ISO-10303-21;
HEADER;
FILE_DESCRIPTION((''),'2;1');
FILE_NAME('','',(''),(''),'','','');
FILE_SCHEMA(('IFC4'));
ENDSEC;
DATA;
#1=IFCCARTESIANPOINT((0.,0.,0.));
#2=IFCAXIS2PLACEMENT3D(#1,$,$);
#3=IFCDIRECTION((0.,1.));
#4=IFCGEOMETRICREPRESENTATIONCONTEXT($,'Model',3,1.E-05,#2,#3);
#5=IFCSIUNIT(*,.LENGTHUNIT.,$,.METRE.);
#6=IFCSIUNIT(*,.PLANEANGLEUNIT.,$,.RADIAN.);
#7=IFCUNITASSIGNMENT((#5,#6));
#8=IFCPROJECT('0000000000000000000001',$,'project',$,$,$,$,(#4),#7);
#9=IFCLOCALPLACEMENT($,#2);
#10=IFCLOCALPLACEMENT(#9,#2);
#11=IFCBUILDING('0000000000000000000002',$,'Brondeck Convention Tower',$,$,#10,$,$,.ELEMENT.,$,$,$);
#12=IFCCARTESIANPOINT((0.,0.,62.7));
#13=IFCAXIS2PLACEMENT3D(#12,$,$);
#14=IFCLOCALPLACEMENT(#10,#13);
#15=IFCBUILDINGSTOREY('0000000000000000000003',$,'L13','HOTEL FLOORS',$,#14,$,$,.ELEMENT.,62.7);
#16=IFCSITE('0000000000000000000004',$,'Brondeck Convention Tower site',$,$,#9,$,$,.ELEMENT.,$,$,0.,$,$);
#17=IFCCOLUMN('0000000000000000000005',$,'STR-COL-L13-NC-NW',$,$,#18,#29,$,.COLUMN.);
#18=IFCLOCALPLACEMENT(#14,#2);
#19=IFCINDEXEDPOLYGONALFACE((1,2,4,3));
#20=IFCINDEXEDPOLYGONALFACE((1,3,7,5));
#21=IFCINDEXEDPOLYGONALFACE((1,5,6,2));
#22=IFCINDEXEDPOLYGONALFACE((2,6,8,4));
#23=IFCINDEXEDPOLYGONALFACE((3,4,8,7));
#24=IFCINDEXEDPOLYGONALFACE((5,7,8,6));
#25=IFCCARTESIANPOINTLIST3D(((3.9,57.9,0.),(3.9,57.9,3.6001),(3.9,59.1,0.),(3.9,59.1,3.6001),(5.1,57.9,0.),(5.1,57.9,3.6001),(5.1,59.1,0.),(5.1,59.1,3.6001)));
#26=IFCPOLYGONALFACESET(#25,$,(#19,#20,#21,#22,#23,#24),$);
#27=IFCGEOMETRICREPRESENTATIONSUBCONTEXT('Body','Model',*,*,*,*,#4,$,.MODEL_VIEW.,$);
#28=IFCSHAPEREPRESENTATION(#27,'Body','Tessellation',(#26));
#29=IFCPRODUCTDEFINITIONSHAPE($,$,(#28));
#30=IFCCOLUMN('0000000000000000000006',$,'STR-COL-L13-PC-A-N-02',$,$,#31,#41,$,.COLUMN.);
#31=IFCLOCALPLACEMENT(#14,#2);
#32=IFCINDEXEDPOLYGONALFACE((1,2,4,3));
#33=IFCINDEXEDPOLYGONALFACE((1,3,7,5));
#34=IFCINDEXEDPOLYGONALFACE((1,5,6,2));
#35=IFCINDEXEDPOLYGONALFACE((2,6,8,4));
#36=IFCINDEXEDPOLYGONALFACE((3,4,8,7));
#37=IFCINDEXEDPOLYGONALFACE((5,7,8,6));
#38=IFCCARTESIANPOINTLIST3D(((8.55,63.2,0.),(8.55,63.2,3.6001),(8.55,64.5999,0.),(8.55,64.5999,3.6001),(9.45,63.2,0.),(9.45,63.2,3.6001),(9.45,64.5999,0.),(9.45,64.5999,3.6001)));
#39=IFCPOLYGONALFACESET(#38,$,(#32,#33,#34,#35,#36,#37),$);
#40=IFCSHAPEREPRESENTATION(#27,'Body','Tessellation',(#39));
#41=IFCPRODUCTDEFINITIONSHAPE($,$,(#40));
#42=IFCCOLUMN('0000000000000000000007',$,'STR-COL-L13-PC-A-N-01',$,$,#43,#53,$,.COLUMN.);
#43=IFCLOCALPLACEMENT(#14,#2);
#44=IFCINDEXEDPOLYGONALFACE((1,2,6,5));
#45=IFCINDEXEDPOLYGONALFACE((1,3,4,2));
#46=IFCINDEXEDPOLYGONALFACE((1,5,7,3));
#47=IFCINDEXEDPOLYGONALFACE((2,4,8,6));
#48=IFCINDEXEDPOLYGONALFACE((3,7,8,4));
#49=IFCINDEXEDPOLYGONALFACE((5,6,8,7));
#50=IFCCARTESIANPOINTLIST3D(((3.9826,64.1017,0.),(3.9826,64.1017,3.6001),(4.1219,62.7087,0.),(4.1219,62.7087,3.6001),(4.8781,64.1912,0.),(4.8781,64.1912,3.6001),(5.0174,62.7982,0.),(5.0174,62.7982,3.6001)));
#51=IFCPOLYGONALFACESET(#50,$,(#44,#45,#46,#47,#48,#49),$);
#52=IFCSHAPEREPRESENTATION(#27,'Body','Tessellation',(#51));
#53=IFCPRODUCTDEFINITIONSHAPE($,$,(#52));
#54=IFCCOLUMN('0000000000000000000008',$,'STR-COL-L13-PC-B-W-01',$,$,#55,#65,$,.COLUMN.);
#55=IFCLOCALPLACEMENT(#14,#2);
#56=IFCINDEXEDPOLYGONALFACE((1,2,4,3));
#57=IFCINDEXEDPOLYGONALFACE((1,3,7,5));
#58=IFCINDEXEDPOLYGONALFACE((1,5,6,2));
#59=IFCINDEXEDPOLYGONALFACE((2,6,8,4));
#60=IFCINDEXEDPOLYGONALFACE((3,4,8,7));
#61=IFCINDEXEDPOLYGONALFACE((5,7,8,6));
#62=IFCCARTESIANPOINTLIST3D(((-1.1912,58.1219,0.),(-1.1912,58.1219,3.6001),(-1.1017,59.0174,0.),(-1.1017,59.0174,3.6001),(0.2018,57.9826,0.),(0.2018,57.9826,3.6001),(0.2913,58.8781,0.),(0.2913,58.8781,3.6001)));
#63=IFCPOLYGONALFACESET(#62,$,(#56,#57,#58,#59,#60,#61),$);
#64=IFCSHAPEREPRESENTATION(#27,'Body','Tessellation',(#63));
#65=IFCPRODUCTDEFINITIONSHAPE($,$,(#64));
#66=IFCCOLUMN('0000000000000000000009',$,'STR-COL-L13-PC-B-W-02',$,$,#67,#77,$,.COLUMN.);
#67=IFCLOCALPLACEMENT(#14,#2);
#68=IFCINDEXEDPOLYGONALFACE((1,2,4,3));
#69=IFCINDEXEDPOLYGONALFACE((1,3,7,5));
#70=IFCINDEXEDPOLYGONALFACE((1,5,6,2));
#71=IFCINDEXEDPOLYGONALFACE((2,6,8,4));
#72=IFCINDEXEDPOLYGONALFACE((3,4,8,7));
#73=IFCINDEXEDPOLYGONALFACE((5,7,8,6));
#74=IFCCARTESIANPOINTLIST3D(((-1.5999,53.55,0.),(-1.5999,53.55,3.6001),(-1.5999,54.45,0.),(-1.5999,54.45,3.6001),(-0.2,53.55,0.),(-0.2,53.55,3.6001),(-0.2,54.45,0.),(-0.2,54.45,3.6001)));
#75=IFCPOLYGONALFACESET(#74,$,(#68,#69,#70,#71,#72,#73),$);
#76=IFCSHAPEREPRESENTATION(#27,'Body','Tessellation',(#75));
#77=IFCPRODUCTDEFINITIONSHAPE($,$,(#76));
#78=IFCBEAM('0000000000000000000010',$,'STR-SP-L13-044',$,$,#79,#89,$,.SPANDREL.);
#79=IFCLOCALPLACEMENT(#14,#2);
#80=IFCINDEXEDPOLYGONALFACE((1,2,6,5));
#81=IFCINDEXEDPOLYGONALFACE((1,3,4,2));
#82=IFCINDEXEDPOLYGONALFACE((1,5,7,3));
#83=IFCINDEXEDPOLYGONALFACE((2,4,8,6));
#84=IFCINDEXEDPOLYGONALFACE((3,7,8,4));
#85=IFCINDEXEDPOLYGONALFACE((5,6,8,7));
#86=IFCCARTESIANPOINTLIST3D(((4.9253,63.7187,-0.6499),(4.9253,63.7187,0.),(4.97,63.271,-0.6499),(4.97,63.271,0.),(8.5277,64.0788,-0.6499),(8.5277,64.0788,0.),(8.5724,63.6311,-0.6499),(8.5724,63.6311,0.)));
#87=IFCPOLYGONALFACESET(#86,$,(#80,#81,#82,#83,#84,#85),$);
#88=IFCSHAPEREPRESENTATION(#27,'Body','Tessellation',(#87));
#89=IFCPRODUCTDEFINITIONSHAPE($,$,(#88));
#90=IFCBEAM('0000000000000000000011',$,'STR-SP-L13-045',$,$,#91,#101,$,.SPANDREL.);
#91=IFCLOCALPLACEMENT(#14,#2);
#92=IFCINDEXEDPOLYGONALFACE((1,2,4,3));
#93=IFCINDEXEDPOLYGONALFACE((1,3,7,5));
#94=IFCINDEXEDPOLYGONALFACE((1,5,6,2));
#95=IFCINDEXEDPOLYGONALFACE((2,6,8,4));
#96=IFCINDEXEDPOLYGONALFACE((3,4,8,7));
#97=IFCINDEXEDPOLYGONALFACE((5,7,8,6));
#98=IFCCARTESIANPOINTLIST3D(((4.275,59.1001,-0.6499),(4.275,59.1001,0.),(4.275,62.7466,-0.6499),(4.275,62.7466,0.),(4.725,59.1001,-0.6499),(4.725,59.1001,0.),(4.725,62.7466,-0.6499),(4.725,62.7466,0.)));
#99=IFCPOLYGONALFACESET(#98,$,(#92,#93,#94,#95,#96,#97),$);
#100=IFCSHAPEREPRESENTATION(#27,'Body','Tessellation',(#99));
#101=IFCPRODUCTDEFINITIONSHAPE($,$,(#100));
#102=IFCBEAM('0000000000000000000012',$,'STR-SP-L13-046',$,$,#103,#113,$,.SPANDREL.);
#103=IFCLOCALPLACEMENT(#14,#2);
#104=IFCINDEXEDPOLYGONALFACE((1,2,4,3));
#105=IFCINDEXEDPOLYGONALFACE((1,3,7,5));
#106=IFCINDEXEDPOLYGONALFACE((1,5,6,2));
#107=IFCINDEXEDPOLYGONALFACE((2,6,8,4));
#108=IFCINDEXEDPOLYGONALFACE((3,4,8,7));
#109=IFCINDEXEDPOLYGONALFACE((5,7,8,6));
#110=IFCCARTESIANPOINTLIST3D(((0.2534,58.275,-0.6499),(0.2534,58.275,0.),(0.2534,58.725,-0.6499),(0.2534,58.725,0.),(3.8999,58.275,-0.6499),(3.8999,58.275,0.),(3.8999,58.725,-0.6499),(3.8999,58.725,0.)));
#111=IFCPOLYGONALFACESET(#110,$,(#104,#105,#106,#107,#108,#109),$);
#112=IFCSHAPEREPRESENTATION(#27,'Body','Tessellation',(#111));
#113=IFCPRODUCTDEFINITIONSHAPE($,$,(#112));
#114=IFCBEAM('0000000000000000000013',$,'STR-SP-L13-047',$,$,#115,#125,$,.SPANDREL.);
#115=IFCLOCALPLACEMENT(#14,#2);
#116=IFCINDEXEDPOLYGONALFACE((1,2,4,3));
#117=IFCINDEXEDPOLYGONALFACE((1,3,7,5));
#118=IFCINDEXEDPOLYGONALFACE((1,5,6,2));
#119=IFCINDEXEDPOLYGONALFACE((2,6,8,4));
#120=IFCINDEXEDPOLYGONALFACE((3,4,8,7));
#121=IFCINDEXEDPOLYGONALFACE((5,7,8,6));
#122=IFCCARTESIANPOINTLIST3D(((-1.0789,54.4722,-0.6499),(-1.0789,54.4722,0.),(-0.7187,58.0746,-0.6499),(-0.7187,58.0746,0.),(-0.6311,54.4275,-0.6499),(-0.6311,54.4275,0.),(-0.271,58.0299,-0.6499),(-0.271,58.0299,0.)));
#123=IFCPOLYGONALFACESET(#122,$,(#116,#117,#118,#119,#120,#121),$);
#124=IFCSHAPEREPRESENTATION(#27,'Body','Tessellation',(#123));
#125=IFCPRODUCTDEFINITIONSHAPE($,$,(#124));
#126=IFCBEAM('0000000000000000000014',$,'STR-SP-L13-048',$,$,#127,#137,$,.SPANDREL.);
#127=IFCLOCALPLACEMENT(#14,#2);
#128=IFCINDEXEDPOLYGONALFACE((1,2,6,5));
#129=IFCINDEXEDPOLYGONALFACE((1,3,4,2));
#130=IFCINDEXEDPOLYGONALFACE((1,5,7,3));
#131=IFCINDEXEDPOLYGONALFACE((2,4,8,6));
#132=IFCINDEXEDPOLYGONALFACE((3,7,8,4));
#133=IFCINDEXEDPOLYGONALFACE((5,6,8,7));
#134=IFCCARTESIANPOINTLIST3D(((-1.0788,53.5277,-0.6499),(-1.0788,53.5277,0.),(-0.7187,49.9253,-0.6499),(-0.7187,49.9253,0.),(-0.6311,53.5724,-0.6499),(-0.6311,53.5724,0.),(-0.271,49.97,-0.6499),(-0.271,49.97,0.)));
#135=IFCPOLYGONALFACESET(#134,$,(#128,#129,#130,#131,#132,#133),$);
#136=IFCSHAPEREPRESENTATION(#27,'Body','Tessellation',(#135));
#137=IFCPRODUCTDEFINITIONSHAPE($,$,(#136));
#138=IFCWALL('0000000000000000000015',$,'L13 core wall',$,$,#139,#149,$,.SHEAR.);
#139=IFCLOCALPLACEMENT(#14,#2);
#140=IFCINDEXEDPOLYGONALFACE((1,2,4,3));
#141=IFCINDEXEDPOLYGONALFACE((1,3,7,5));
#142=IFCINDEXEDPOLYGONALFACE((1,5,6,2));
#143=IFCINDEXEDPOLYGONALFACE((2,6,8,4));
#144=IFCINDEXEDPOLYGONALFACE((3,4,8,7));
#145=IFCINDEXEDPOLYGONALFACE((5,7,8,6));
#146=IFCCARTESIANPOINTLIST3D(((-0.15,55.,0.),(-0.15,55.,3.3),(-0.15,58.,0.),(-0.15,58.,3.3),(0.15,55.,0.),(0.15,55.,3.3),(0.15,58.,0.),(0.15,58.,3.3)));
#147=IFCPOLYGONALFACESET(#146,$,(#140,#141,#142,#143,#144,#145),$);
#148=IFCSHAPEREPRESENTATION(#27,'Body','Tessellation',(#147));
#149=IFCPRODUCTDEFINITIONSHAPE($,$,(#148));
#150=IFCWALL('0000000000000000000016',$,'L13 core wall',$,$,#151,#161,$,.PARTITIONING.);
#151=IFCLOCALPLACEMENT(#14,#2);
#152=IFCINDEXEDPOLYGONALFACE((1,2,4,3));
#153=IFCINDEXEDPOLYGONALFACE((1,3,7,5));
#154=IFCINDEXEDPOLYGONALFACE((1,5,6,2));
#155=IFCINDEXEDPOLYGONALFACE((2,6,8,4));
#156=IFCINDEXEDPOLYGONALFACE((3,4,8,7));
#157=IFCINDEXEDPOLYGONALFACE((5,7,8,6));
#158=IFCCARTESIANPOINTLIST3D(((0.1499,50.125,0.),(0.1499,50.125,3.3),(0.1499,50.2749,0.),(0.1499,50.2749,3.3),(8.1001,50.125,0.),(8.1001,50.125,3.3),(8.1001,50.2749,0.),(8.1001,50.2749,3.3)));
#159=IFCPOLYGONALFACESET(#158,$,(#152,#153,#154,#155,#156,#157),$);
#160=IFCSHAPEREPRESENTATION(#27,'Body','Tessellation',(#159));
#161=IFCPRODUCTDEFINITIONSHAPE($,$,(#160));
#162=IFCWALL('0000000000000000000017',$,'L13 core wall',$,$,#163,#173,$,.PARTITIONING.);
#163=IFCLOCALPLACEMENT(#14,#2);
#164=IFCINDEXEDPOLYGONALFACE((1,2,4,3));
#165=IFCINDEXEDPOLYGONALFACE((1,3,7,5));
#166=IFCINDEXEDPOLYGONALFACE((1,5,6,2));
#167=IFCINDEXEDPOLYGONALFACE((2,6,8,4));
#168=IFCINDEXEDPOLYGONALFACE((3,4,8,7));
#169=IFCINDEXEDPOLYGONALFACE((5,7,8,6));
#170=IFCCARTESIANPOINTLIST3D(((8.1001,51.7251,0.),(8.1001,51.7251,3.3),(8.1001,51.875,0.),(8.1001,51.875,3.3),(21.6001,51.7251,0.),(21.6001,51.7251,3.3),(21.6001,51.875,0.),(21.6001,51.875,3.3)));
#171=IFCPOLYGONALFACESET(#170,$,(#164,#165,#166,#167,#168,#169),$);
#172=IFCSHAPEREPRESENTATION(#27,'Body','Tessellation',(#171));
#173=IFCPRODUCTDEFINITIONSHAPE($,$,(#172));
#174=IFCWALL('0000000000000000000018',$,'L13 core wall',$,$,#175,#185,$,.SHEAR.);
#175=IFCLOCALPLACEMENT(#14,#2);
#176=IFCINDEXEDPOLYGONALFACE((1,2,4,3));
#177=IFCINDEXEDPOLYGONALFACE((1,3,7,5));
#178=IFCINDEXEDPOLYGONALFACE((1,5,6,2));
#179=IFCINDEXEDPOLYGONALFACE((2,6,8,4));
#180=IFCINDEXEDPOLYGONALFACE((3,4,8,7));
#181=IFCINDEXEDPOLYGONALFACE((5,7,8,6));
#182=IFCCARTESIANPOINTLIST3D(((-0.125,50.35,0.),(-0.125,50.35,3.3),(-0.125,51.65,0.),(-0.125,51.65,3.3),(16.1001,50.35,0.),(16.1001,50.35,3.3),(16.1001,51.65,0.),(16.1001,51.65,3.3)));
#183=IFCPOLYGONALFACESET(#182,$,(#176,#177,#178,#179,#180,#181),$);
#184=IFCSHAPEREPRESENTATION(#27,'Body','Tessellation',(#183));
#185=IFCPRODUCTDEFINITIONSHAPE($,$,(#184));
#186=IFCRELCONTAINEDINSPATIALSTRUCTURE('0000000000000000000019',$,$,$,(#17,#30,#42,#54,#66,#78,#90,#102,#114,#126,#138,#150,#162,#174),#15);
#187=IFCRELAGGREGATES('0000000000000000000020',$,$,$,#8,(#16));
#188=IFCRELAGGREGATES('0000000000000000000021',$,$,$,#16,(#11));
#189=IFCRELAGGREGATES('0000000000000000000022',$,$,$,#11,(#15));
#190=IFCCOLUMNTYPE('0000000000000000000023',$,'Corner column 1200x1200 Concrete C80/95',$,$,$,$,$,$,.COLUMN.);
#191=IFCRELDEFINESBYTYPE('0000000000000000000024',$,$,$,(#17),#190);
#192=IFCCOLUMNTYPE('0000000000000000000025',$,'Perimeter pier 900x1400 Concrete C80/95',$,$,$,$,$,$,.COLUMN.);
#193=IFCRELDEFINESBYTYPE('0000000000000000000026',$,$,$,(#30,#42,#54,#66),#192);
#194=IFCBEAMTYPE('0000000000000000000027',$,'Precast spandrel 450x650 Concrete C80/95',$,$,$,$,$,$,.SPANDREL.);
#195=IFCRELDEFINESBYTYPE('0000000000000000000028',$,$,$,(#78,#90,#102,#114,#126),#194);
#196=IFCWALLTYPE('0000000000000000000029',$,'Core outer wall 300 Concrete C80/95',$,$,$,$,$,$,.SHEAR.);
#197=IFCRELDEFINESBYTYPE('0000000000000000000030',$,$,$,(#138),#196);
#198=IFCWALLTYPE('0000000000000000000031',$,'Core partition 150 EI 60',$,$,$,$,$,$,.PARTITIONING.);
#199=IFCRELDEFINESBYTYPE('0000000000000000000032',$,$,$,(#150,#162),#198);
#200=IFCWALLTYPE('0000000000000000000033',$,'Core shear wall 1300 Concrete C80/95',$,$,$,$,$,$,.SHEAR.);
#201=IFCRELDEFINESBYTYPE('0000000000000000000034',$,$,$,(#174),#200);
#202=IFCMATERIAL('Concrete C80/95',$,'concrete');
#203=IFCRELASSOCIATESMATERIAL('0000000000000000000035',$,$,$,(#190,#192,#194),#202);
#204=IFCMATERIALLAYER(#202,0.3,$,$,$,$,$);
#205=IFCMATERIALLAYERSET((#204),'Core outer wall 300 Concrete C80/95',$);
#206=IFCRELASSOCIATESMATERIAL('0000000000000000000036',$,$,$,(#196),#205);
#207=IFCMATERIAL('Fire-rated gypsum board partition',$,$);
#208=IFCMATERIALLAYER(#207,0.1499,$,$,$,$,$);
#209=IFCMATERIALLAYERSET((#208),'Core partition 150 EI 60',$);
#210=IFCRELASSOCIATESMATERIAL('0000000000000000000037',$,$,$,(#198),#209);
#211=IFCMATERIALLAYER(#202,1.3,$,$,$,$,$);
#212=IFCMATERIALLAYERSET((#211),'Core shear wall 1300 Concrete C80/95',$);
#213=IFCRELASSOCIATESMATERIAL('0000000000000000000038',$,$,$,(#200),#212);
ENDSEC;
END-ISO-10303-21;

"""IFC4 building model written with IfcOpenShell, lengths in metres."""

from ifc_helpers import new_model, si_unit, direction, frame, frame_2d, origin, origin_2d, place, context, subcontext, project, spatial, rectangle, extrude, material, layer, layer_set, material_profile, profile_set, type_object, element, save


model = new_model("IFC4")

# Units and contexts
model_context = context("Model", 3, precision=1e-05, world=origin(), true_north=direction((0.0, 1.0)))
body_context = subcontext(model_context, "Body", "Model", "MODEL_VIEW")
ifc_project = project(units=[si_unit("LENGTHUNIT", "METRE"), si_unit("PLANEANGLEUNIT", "RADIAN")], contexts=[model_context])

# Site, building, storey
site_placement = place(None, origin())
site = spatial("IfcSite", under=ifc_project, at=site_placement, Name="Brondeck Convention Tower site", CompositionType="ELEMENT", RefElevation=0.0)
building_placement = place(site_placement, origin())
building = spatial("IfcBuilding", under=site, at=building_placement, Name="Brondeck Convention Tower", CompositionType="ELEMENT")
storey_placement = place(building_placement, frame((0.0, 0.0, 62.7)))
storey = spatial("IfcBuildingStorey", under=building, at=storey_placement, Name="L13", Description="HOTEL FLOORS", CompositionType="ELEMENT", Elevation=62.7)

# Columns
ifc_material_1 = material(Name="Concrete C80/95", Category="concrete")
ifc_material_profile_1 = material_profile(ifc_material_1, rectangle(XDim=1.2, YDim=1.2, at=origin_2d()), Name="Corner column 1200x1200 Concrete C80/95")
ifc_profile_set_1 = profile_set([ifc_material_profile_1], Name="Concrete C80/95")
column_type_1 = type_object("IfcColumnType", Name="Corner column 1200x1200 Concrete C80/95", PredefinedType="COLUMN", material=ifc_profile_set_1)
column_placement = place(storey_placement, frame((4.5, 58.5, 0.0), z_axis=(0.0, 0.0, 1.0), x_axis=(1.0, 0.0, 0.0)))
element("IfcColumn", 1, at=column_placement, inside=storey, type_object=column_type_1, Name="STR-COL-L13-NC-NW", PredefinedType="COLUMN", context=body_context, shape_type="SweptSolid", body=[
    extrude(rectangle(XDim=1.2, YDim=1.2, at=origin_2d()), origin(), (0.0, 0.0, 1.0), 3.6001),
])
ifc_material_profile_2 = material_profile(ifc_material_1, rectangle(XDim=0.8999, YDim=1.3999, at=origin_2d()), Name="Perimeter pier 900x1400 Concrete C80/95")
ifc_profile_set_2 = profile_set([ifc_material_profile_2], Name="Concrete C80/95")
column_type_2 = type_object("IfcColumnType", Name="Perimeter pier 900x1400 Concrete C80/95", PredefinedType="COLUMN", material=ifc_profile_set_2)
for number, where, z_axis, x_axis, name in (
    (2, (9.0, 63.8999, 0.0), (0.0, 0.0, 1.0), (-1.0, 0.0, 0.0), "STR-COL-L13-PC-A-N-02"),
    (3, (4.5, 63.45, 0.0), (0.0, 0.0, 1.0), (-0.995037, -0.099504, 0.0), "STR-COL-L13-PC-A-N-01"),
    (4, (-0.45, 58.5, 0.0), (0.0, 0.0, 1.0), (-0.099504, -0.995037, 0.0), "STR-COL-L13-PC-B-W-01"),
    (5, (-0.8999, 54.0, 0.0), (0.0, 0.0, 1.0), (0.0, -1.0, 0.0), "STR-COL-L13-PC-B-W-02"),
):
    element("IfcColumn", number, at=place(storey_placement, frame(where, z_axis=z_axis, x_axis=x_axis)), inside=storey, type_object=column_type_2, Name=name, PredefinedType="COLUMN", context=body_context, shape_type="SweptSolid", body=[
        extrude(rectangle(XDim=0.8999, YDim=1.3999, at=origin_2d()), origin(), (0.0, 0.0, 1.0), 3.6001),
    ])

# Beams
ifc_material_profile_3 = material_profile(ifc_material_1, rectangle(XDim=0.45, YDim=0.6499, at=origin_2d()), Name="Precast spandrel 450x650 Concrete C80/95")
ifc_profile_set_3 = profile_set([ifc_material_profile_3], Name="Concrete C80/95")
beam_type = type_object("IfcBeamType", Name="Precast spandrel 450x650 Concrete C80/95", PredefinedType="SPANDREL", material=ifc_profile_set_3)
beam_placement = place(storey_placement, frame((8.55, 63.855, -0.325), z_axis=(-0.995041, -0.09947, 0.0), x_axis=(0.09947, -0.995041, 0.0)))
element("IfcBeam", 6, at=beam_placement, inside=storey, type_object=beam_type, Name="STR-SP-L13-044", PredefinedType="SPANDREL", context=body_context, shape_type="SweptSolid", body=[
    extrude(rectangle(XDim=0.45, YDim=0.6499, at=origin_2d()), origin(), (0.0, 0.0, 1.0), 3.6204),
])
for number, where, z_axis, x_axis, name in (
    (7, (4.5, 62.7466, -0.325), (0.0, -1.0, 0.0), (1.0, 0.0, 0.0), "STR-SP-L13-045"),
    (8, (3.8999, 58.5, -0.325), (-1.0, 0.0, 0.0), (0.0, -1.0, 0.0), "STR-SP-L13-046"),
):
    element("IfcBeam", number, at=place(storey_placement, frame(where, z_axis=z_axis, x_axis=x_axis)), inside=storey, type_object=beam_type, Name=name, PredefinedType="SPANDREL", context=body_context, shape_type="SweptSolid", body=[
        extrude(rectangle(XDim=0.45, YDim=0.6499, at=origin_2d()), origin(), (0.0, 0.0, 1.0), 3.6465),
    ])
for number, where, z_axis, x_axis, name in (
    (9, (-0.4949, 58.0522, -0.325), (-0.09947, -0.995041, 0.0), (0.995041, -0.09947, 0.0), "STR-SP-L13-047"),
    (10, (-0.855, 53.55, -0.325), (0.09947, -0.995041, 0.0), (0.995041, 0.09947, 0.0), "STR-SP-L13-048"),
):
    element("IfcBeam", number, at=place(storey_placement, frame(where, z_axis=z_axis, x_axis=x_axis)), inside=storey, type_object=beam_type, Name=name, PredefinedType="SPANDREL", context=body_context, shape_type="SweptSolid", body=[
        extrude(rectangle(XDim=0.45, YDim=0.6499, at=origin_2d()), origin(), (0.0, 0.0, 1.0), 3.6204),
    ])

# Walls
ifc_layer_1 = layer(ifc_material_1, 0.3)
ifc_layer_set_1 = layer_set([ifc_layer_1], Name="Core outer wall 300 Concrete C80/95")
wall_type_1 = type_object("IfcWallType", Name="Core outer wall 300 Concrete C80/95", PredefinedType="SHEAR", material=ifc_layer_set_1)
wall_1_placement = place(storey_placement, frame((0.0, 55.0, 0.0), z_axis=(0.0, 0.0, 1.0), x_axis=(0.0, 1.0, 0.0)))
element("IfcWall", 11, at=wall_1_placement, inside=storey, type_object=wall_type_1, Name="L13 core wall", PredefinedType="SHEAR", context=body_context, shape_type="SweptSolid", body=[
    extrude(rectangle(XDim=3.0, YDim=0.3, at=frame_2d((1.5, 0.0))), origin(), (0.0, 0.0, 1.0), 3.3),
])
ifc_material_2 = material(Name="Fire-rated gypsum board partition")
ifc_layer_2 = layer(ifc_material_2, 0.1499)
ifc_layer_set_2 = layer_set([ifc_layer_2], Name="Core partition 150 EI 60")
wall_type_2 = type_object("IfcWallType", Name="Core partition 150 EI 60", PredefinedType="PARTITIONING", material=ifc_layer_set_2)
wall_2_placement = place(storey_placement, frame((0.1499, 50.2, 0.0), z_axis=(0.0, 0.0, 1.0), x_axis=(1.0, 0.0, 0.0)))
element("IfcWall", 12, at=wall_2_placement, inside=storey, type_object=wall_type_2, Name="L13 core wall", PredefinedType="PARTITIONING", context=body_context, shape_type="SweptSolid", body=[
    extrude(rectangle(XDim=7.9502, YDim=0.1499, at=frame_2d((3.9751, 0.0))), origin(), (0.0, 0.0, 1.0), 3.3),
])
wall_3_placement = place(storey_placement, frame((8.1001, 51.8, 0.0), z_axis=(0.0, 0.0, 1.0), x_axis=(1.0, 0.0, 0.0)))
element("IfcWall", 13, at=wall_3_placement, inside=storey, type_object=wall_type_2, Name="L13 core wall", PredefinedType="PARTITIONING", context=body_context, shape_type="SweptSolid", body=[
    extrude(rectangle(XDim=13.5, YDim=0.1499, at=frame_2d((6.75, 0.0))), origin(), (0.0, 0.0, 1.0), 3.3),
])
ifc_layer_3 = layer(ifc_material_1, 1.3)
ifc_layer_set_3 = layer_set([ifc_layer_3], Name="Core shear wall 1300 Concrete C80/95")
wall_type_3 = type_object("IfcWallType", Name="Core shear wall 1300 Concrete C80/95", PredefinedType="SHEAR", material=ifc_layer_set_3)
wall_4_placement = place(storey_placement, frame((-0.125, 51.0, 0.0), z_axis=(0.0, 0.0, 1.0), x_axis=(1.0, 0.0, 0.0)))
element("IfcWall", 14, at=wall_4_placement, inside=storey, type_object=wall_type_3, Name="L13 core wall", PredefinedType="SHEAR", context=body_context, shape_type="SweptSolid", body=[
    extrude(rectangle(XDim=16.2251, YDim=1.3, at=frame_2d((8.1125, 0.0))), origin(), (0.0, 0.0, 1.0), 3.3),
])

save(model, "model.ifc")
